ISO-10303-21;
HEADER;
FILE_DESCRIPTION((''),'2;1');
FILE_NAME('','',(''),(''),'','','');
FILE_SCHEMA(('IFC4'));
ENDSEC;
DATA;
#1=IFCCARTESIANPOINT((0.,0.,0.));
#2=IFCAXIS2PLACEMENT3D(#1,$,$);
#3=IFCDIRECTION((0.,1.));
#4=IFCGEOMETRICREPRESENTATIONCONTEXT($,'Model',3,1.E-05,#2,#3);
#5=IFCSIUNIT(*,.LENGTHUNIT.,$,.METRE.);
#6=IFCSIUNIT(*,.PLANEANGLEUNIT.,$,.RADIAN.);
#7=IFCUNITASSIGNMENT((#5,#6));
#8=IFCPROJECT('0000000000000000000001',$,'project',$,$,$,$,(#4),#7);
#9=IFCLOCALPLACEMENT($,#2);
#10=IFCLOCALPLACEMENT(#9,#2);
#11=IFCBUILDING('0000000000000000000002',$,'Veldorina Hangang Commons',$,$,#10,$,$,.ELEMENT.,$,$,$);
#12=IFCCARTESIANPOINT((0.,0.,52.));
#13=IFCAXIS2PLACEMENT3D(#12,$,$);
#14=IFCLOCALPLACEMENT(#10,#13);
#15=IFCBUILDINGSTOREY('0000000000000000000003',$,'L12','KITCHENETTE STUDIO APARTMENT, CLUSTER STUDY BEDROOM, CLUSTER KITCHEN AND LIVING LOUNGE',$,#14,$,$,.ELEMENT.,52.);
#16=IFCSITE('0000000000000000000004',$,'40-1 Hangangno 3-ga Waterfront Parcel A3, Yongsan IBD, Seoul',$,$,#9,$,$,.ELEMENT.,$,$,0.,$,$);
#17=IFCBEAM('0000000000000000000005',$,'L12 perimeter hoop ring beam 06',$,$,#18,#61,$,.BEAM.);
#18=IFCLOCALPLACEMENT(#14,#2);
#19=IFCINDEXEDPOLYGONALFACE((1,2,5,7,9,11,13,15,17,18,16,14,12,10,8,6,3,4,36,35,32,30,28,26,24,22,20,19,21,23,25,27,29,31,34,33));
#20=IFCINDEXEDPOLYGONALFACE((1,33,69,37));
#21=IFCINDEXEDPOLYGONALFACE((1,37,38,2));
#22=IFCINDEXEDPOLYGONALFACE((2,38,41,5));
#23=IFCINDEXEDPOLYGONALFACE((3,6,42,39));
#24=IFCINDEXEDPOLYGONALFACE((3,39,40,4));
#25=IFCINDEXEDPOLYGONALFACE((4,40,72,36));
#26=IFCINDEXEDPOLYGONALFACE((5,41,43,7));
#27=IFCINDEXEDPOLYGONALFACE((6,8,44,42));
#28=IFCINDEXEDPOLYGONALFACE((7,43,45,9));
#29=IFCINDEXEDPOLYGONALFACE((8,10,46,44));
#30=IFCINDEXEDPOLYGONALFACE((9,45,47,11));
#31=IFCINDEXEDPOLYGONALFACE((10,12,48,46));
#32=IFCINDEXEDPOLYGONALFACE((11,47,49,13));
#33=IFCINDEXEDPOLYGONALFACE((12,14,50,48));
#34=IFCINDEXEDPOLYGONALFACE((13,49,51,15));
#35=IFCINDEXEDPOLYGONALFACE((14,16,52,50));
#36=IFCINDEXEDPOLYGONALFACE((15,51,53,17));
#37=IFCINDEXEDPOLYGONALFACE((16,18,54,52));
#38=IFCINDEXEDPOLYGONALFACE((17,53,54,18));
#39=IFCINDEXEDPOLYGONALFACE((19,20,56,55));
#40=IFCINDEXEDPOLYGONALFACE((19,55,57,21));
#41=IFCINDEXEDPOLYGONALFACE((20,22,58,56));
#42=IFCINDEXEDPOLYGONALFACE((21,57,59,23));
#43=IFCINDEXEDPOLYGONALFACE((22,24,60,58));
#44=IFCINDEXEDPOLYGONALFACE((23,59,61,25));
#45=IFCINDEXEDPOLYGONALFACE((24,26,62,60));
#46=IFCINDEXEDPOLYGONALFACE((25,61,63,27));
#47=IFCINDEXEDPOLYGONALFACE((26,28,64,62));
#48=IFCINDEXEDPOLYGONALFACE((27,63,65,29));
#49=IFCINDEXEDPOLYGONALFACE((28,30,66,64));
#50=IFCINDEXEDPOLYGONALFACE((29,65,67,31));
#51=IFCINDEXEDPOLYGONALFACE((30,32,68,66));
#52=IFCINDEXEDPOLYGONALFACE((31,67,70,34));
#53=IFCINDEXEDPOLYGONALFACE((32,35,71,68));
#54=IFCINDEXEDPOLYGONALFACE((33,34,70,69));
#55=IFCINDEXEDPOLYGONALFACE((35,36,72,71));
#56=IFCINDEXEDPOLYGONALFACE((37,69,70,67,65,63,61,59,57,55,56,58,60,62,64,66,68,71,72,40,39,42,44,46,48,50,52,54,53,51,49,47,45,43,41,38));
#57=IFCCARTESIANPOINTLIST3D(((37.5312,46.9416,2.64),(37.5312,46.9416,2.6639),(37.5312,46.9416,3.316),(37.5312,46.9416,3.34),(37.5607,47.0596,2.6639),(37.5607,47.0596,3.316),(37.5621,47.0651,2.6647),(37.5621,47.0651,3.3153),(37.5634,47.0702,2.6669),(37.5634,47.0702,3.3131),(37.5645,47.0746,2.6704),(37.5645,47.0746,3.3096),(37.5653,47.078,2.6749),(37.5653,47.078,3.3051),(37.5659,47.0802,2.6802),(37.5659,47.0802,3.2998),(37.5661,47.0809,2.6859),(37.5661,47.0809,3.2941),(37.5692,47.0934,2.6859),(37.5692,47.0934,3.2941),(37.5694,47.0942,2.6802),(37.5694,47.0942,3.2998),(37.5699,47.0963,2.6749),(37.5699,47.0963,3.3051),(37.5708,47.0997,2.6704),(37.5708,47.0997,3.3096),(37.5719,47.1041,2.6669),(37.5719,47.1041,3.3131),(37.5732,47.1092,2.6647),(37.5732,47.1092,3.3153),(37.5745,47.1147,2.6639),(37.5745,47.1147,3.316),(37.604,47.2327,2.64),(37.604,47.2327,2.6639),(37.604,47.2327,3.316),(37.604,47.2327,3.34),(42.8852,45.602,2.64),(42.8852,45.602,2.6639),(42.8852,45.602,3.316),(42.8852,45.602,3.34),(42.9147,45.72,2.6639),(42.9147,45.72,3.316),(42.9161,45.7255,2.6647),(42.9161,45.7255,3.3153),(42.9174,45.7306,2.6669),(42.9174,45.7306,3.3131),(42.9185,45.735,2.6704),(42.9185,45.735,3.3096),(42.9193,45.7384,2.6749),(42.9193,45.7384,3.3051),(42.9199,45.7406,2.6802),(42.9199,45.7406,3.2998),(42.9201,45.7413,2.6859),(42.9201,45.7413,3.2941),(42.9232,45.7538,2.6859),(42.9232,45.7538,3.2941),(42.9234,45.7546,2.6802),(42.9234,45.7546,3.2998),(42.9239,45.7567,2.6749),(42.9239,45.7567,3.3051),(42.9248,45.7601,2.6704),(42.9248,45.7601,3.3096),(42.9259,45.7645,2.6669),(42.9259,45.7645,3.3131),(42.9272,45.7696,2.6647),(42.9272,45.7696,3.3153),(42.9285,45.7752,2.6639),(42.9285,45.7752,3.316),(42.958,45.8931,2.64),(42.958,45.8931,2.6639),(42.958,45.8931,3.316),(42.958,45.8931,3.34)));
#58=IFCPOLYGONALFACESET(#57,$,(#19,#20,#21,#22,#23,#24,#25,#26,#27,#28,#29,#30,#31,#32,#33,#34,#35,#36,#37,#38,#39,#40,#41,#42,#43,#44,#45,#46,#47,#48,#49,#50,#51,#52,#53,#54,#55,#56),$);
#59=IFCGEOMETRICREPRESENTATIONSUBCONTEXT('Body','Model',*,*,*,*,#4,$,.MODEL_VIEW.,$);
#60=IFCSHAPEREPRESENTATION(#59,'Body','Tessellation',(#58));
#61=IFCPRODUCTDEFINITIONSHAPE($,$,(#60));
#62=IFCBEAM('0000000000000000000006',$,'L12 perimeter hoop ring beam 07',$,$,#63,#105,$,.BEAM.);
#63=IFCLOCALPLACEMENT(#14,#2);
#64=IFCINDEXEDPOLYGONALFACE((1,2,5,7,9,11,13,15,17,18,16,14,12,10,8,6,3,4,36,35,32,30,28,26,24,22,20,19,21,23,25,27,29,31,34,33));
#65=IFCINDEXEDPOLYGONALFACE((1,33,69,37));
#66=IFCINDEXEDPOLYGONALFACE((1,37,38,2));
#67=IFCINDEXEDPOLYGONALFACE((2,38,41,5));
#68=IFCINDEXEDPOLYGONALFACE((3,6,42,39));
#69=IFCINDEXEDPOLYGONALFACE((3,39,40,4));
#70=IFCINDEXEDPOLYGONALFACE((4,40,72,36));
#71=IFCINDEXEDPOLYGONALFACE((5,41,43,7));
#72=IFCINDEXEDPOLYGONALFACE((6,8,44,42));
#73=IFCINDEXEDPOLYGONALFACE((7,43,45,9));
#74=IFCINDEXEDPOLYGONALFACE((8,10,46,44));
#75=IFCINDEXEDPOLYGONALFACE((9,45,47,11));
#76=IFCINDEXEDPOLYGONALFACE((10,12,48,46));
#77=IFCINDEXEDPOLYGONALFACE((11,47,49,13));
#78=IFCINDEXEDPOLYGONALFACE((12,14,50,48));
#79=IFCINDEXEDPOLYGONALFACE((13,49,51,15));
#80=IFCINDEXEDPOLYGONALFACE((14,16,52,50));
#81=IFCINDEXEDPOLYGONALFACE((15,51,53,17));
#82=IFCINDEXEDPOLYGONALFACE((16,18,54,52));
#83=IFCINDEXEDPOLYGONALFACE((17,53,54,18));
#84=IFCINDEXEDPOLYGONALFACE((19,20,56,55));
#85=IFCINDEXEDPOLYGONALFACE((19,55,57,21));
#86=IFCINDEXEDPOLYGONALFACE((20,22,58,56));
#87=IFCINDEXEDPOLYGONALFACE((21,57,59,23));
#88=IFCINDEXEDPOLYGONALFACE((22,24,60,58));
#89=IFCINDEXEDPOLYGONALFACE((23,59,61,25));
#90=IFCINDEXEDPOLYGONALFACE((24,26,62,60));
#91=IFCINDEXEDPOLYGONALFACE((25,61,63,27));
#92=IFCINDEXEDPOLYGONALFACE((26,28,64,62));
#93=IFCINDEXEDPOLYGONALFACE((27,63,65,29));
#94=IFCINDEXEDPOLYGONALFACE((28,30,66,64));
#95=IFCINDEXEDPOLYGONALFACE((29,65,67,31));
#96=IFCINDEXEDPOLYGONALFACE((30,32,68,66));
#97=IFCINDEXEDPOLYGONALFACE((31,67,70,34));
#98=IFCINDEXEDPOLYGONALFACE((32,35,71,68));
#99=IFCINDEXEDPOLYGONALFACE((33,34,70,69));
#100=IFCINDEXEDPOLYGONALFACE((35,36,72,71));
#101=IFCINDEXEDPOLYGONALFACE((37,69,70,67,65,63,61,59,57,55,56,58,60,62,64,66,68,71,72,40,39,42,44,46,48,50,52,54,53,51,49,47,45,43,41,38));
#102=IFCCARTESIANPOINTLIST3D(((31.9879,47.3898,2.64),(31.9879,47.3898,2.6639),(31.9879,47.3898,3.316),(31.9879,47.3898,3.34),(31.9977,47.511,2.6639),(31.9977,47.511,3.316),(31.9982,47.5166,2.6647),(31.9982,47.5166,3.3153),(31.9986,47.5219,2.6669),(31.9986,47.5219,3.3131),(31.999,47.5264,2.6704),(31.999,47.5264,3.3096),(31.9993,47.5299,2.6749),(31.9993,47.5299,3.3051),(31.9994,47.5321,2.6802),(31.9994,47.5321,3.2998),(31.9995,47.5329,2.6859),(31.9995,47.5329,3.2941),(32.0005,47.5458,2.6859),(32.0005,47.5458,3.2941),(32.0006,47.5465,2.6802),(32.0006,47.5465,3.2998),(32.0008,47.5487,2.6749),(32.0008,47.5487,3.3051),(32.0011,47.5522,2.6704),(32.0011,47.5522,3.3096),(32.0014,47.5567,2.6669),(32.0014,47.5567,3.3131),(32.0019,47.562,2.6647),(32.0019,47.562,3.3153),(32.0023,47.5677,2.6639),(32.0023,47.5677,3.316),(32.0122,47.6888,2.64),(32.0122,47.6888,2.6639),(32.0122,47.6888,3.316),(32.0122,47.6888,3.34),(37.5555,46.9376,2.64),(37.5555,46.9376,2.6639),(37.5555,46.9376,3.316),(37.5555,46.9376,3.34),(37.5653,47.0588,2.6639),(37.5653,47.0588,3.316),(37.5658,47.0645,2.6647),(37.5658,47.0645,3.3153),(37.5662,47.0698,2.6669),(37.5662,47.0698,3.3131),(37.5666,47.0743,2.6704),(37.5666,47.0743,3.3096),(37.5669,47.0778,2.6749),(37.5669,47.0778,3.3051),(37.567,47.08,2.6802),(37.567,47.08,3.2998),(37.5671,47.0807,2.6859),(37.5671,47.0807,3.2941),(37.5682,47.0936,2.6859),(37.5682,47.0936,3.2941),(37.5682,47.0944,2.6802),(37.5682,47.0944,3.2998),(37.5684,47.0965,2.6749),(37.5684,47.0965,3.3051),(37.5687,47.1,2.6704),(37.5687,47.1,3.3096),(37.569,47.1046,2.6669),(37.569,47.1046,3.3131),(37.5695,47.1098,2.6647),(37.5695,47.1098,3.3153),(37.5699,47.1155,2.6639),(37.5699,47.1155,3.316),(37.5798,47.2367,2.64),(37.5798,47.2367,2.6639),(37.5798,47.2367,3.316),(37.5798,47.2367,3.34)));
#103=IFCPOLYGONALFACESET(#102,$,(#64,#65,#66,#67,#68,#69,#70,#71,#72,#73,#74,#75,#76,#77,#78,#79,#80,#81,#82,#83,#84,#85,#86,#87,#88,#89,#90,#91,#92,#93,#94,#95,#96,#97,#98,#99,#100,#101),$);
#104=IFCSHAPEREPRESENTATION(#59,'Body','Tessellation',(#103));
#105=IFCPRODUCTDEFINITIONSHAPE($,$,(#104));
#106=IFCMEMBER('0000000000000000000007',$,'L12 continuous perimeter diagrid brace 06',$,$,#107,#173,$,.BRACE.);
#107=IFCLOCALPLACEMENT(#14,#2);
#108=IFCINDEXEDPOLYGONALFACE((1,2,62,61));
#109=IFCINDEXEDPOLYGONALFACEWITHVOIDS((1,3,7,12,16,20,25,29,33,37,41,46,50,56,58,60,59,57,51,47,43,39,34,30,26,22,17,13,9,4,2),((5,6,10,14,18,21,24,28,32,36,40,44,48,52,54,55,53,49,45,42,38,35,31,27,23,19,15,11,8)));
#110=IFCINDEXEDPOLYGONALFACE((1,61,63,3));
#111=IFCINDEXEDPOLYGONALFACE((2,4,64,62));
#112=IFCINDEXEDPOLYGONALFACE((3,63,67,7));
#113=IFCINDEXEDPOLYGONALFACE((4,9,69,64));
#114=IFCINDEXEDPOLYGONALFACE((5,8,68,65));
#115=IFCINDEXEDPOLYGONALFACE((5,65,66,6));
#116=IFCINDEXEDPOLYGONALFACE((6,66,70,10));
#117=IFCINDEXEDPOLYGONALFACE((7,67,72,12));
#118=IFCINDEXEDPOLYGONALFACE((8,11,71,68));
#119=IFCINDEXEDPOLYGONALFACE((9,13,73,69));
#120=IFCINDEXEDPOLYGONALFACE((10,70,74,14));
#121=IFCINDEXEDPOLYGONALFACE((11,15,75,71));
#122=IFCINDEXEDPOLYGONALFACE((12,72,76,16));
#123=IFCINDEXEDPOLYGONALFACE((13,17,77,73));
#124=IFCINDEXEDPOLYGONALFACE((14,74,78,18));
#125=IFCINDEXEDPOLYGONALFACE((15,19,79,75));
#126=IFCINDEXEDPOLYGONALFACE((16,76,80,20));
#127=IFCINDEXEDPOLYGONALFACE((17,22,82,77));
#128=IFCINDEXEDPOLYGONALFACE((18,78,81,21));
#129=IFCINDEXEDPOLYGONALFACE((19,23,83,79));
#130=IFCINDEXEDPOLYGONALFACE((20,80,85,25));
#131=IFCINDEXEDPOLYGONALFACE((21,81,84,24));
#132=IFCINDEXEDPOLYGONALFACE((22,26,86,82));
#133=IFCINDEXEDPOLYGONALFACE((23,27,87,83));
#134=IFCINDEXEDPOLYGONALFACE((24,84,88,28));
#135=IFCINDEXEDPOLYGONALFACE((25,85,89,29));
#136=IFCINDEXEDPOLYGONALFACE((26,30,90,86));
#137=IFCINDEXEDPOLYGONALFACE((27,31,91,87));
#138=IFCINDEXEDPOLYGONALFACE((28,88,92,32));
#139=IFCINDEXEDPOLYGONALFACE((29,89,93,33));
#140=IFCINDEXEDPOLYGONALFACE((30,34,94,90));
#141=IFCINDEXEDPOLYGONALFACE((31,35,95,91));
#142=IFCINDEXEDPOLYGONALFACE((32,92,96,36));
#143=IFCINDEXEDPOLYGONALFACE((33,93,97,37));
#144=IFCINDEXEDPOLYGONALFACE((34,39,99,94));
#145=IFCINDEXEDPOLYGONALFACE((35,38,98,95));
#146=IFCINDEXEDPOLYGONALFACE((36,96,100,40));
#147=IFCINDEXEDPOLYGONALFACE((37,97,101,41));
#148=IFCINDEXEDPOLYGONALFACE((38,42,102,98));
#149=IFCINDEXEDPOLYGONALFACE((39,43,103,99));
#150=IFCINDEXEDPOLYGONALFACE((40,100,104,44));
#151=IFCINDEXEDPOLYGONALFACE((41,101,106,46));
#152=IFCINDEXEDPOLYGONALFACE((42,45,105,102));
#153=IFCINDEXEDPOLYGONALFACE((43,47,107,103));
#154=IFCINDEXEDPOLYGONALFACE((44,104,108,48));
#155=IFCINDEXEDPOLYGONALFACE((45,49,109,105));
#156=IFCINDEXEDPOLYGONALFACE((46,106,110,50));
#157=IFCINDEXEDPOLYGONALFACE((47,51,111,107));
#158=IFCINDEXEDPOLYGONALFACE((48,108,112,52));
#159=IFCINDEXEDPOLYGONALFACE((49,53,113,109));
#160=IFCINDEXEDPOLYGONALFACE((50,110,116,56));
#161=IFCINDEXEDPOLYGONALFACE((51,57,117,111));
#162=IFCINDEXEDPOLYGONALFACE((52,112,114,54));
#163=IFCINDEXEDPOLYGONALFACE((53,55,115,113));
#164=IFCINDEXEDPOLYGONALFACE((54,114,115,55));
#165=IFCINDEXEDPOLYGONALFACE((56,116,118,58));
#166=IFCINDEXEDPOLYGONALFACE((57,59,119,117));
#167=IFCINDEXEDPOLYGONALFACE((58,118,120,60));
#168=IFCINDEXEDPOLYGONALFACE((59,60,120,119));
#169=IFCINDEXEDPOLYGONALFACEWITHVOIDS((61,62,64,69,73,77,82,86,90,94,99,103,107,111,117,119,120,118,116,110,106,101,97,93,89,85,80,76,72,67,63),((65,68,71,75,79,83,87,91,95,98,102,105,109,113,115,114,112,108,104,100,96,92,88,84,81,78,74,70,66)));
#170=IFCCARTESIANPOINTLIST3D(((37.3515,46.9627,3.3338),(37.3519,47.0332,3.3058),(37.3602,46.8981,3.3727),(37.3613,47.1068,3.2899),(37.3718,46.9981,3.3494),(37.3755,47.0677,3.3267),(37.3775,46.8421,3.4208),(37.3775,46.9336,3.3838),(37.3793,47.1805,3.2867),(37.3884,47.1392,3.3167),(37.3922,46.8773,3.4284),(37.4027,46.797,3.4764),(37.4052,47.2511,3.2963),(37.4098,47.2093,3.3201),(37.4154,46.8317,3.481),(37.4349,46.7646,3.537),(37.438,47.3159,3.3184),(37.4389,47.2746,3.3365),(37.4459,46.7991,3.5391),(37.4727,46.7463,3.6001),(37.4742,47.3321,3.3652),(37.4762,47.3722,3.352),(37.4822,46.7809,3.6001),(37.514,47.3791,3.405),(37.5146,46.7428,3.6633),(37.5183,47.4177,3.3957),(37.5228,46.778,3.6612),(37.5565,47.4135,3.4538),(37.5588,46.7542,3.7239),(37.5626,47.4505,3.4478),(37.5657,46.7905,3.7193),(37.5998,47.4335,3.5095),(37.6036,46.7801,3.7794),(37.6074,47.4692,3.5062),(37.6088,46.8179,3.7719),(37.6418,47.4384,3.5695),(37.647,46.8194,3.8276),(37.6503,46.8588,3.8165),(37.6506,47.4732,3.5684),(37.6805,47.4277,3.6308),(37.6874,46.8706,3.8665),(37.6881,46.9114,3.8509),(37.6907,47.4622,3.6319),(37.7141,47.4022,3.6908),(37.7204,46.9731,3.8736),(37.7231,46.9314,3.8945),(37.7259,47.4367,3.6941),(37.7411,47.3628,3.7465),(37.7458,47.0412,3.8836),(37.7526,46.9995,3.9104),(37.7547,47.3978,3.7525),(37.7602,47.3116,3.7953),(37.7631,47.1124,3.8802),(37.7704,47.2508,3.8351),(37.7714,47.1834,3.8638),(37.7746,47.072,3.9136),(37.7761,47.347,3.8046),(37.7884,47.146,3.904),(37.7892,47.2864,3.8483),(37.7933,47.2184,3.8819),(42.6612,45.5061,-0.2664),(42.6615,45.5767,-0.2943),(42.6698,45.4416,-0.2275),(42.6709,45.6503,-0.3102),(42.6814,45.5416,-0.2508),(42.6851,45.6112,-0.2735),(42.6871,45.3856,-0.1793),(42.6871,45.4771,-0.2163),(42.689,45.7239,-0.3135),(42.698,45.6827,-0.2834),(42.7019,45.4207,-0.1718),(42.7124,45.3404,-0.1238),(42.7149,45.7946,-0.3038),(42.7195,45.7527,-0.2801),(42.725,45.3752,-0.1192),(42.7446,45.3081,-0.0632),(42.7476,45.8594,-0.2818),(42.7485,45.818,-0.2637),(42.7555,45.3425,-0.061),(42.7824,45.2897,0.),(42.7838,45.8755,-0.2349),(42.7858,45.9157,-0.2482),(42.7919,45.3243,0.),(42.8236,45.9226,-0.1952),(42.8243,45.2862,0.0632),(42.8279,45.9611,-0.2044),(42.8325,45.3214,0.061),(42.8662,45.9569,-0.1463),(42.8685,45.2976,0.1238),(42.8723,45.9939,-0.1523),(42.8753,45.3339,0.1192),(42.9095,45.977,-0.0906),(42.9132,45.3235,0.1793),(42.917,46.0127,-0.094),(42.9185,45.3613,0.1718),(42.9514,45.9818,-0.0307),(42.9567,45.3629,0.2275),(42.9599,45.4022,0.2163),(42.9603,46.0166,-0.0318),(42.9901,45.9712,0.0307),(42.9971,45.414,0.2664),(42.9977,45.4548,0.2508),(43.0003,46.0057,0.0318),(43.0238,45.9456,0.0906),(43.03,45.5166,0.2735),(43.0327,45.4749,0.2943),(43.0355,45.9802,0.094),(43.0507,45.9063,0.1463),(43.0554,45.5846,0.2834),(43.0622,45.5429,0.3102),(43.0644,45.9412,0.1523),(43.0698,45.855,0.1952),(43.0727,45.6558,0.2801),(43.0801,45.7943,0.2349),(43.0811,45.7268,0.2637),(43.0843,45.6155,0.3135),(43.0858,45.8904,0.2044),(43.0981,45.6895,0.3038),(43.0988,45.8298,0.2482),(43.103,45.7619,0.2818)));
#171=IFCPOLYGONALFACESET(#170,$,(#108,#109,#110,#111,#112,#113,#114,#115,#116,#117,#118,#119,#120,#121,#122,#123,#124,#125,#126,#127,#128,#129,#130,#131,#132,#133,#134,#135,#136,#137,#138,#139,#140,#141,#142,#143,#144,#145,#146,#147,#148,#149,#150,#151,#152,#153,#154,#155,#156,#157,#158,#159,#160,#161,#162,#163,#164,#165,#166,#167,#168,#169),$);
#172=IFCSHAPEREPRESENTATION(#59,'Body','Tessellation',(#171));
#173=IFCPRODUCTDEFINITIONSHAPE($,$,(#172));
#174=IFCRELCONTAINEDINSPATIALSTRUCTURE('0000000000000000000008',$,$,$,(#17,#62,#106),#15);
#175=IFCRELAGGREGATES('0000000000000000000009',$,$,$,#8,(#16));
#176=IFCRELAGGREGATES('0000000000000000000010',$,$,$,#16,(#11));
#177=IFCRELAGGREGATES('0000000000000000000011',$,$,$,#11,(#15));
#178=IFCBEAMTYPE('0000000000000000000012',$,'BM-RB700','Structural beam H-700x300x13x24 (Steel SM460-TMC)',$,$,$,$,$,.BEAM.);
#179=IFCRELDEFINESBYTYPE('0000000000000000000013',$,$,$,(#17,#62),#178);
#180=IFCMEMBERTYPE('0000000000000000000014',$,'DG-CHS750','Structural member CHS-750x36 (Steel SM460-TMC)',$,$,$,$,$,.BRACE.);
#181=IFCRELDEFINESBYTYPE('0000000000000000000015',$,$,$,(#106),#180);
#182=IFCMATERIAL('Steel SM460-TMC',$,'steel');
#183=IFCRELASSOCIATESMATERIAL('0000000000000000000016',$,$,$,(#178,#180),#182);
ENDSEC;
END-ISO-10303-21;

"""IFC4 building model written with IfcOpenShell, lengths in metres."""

from ifc_helpers import new_model, si_unit, direction, frame, origin, origin_2d, place, context, subcontext, project, spatial, hollow_circle, i_section, extrude, material, material_profile, profile_set, type_object, element, save


model = new_model("IFC4")

# Units and contexts
model_context = context("Model", 3, precision=1e-05, world=origin(), true_north=direction((0.0, 1.0)))
body_context = subcontext(model_context, "Body", "Model", "MODEL_VIEW")
ifc_project = project(units=[si_unit("LENGTHUNIT", "METRE"), si_unit("PLANEANGLEUNIT", "RADIAN")], contexts=[model_context])

# Site, building, storey
site_placement = place(None, origin())
site = spatial("IfcSite", under=ifc_project, at=site_placement, Name="40-1 Hangangno 3-ga Waterfront Parcel A3, Yongsan IBD, Seoul", CompositionType="ELEMENT", RefElevation=0.0)
building_placement = place(site_placement, origin())
building = spatial("IfcBuilding", under=site, at=building_placement, Name="Veldorina Hangang Commons", CompositionType="ELEMENT")
storey_placement = place(building_placement, frame((0.0, 0.0, 52.0)))
storey = spatial("IfcBuildingStorey", under=building, at=storey_placement, Name="L12", Description="KITCHENETTE STUDIO APARTMENT, CLUSTER STUDY BEDROOM, CLUSTER KITCHEN AND LIVING LOUNGE", CompositionType="ELEMENT", Elevation=52.0)

# Beams
ifc_material_1 = material(Name="Steel SM460-TMC", Category="steel")
ifc_material_profile_1 = material_profile(ifc_material_1, i_section(OverallWidth=0.3, OverallDepth=0.7, WebThickness=0.0129, FlangeThickness=0.0239, FilletRadius=0.022, at=origin_2d()), Name="H-700x300x13x24")
ifc_profile_set_1 = profile_set([ifc_material_profile_1], Name="Steel SM460-TMC")
beam_type = type_object("IfcBeamType", Name="BM-RB700", Description="Structural beam H-700x300x13x24 (Steel SM460-TMC)", PredefinedType="BEAM", material=ifc_profile_set_1)
beam_1_placement = place(storey_placement, frame((42.9216, 45.7476, 2.99), z_axis=(-0.970096, 0.242723, 0.0), x_axis=(-0.242723, -0.970096, 0.0)))
element("IfcBeam", 1, at=beam_1_placement, inside=storey, type_object=beam_type, Name="L12 perimeter hoop ring beam 06", PredefinedType="BEAM", context=body_context, shape_type="SweptSolid", body=[
    extrude(i_section(OverallWidth=0.3, OverallDepth=0.7, WebThickness=0.0129, FlangeThickness=0.0239, FilletRadius=0.022, at=origin_2d()), origin(), (0.0, 0.0, 1.0), 5.519),
])
beam_2_placement = place(storey_placement, frame((37.5676, 47.0872, 2.99), z_axis=(-0.996719, 0.080944, 0.0), x_axis=(-0.080944, -0.996719, 0.0)))
element("IfcBeam", 2, at=beam_2_placement, inside=storey, type_object=beam_type, Name="L12 perimeter hoop ring beam 07", PredefinedType="BEAM", context=body_context, shape_type="SweptSolid", body=[
    extrude(i_section(OverallWidth=0.3, OverallDepth=0.7, WebThickness=0.0129, FlangeThickness=0.0239, FilletRadius=0.022, at=origin_2d()), origin(), (0.0, 0.0, 1.0), 5.5859),
])

# Member
ifc_material_profile_2 = material_profile(ifc_material_1, hollow_circle(Radius=0.375, WallThickness=0.0359, at=origin_2d()), Name="CHS-750x36")
ifc_profile_set_2 = profile_set([ifc_material_profile_2], Name="Steel SM460-TMC")
member_type = type_object("IfcMemberType", Name="DG-CHS750", Description="Structural member CHS-750x36 (Steel SM460-TMC)", PredefinedType="BRACE", material=ifc_profile_set_2)
member_1_placement = place(storey_placement, frame((42.8816, 45.6514, 0.0), z_axis=(-0.807137, 0.221417, 0.54727), x_axis=(-0.26455, -0.964372, 0.0)))
element("IfcMember", 3, at=member_1_placement, inside=storey, type_object=member_type, Name="L12 continuous perimeter diagrid brace 06", PredefinedType="BRACE", context=body_context, shape_type="SweptSolid", body=[
    extrude(hollow_circle(Radius=0.375, WallThickness=0.0359, at=origin_2d()), origin(), (0.0, 0.0, 1.0), 6.5784),
])

save(model, "model.ifc")
